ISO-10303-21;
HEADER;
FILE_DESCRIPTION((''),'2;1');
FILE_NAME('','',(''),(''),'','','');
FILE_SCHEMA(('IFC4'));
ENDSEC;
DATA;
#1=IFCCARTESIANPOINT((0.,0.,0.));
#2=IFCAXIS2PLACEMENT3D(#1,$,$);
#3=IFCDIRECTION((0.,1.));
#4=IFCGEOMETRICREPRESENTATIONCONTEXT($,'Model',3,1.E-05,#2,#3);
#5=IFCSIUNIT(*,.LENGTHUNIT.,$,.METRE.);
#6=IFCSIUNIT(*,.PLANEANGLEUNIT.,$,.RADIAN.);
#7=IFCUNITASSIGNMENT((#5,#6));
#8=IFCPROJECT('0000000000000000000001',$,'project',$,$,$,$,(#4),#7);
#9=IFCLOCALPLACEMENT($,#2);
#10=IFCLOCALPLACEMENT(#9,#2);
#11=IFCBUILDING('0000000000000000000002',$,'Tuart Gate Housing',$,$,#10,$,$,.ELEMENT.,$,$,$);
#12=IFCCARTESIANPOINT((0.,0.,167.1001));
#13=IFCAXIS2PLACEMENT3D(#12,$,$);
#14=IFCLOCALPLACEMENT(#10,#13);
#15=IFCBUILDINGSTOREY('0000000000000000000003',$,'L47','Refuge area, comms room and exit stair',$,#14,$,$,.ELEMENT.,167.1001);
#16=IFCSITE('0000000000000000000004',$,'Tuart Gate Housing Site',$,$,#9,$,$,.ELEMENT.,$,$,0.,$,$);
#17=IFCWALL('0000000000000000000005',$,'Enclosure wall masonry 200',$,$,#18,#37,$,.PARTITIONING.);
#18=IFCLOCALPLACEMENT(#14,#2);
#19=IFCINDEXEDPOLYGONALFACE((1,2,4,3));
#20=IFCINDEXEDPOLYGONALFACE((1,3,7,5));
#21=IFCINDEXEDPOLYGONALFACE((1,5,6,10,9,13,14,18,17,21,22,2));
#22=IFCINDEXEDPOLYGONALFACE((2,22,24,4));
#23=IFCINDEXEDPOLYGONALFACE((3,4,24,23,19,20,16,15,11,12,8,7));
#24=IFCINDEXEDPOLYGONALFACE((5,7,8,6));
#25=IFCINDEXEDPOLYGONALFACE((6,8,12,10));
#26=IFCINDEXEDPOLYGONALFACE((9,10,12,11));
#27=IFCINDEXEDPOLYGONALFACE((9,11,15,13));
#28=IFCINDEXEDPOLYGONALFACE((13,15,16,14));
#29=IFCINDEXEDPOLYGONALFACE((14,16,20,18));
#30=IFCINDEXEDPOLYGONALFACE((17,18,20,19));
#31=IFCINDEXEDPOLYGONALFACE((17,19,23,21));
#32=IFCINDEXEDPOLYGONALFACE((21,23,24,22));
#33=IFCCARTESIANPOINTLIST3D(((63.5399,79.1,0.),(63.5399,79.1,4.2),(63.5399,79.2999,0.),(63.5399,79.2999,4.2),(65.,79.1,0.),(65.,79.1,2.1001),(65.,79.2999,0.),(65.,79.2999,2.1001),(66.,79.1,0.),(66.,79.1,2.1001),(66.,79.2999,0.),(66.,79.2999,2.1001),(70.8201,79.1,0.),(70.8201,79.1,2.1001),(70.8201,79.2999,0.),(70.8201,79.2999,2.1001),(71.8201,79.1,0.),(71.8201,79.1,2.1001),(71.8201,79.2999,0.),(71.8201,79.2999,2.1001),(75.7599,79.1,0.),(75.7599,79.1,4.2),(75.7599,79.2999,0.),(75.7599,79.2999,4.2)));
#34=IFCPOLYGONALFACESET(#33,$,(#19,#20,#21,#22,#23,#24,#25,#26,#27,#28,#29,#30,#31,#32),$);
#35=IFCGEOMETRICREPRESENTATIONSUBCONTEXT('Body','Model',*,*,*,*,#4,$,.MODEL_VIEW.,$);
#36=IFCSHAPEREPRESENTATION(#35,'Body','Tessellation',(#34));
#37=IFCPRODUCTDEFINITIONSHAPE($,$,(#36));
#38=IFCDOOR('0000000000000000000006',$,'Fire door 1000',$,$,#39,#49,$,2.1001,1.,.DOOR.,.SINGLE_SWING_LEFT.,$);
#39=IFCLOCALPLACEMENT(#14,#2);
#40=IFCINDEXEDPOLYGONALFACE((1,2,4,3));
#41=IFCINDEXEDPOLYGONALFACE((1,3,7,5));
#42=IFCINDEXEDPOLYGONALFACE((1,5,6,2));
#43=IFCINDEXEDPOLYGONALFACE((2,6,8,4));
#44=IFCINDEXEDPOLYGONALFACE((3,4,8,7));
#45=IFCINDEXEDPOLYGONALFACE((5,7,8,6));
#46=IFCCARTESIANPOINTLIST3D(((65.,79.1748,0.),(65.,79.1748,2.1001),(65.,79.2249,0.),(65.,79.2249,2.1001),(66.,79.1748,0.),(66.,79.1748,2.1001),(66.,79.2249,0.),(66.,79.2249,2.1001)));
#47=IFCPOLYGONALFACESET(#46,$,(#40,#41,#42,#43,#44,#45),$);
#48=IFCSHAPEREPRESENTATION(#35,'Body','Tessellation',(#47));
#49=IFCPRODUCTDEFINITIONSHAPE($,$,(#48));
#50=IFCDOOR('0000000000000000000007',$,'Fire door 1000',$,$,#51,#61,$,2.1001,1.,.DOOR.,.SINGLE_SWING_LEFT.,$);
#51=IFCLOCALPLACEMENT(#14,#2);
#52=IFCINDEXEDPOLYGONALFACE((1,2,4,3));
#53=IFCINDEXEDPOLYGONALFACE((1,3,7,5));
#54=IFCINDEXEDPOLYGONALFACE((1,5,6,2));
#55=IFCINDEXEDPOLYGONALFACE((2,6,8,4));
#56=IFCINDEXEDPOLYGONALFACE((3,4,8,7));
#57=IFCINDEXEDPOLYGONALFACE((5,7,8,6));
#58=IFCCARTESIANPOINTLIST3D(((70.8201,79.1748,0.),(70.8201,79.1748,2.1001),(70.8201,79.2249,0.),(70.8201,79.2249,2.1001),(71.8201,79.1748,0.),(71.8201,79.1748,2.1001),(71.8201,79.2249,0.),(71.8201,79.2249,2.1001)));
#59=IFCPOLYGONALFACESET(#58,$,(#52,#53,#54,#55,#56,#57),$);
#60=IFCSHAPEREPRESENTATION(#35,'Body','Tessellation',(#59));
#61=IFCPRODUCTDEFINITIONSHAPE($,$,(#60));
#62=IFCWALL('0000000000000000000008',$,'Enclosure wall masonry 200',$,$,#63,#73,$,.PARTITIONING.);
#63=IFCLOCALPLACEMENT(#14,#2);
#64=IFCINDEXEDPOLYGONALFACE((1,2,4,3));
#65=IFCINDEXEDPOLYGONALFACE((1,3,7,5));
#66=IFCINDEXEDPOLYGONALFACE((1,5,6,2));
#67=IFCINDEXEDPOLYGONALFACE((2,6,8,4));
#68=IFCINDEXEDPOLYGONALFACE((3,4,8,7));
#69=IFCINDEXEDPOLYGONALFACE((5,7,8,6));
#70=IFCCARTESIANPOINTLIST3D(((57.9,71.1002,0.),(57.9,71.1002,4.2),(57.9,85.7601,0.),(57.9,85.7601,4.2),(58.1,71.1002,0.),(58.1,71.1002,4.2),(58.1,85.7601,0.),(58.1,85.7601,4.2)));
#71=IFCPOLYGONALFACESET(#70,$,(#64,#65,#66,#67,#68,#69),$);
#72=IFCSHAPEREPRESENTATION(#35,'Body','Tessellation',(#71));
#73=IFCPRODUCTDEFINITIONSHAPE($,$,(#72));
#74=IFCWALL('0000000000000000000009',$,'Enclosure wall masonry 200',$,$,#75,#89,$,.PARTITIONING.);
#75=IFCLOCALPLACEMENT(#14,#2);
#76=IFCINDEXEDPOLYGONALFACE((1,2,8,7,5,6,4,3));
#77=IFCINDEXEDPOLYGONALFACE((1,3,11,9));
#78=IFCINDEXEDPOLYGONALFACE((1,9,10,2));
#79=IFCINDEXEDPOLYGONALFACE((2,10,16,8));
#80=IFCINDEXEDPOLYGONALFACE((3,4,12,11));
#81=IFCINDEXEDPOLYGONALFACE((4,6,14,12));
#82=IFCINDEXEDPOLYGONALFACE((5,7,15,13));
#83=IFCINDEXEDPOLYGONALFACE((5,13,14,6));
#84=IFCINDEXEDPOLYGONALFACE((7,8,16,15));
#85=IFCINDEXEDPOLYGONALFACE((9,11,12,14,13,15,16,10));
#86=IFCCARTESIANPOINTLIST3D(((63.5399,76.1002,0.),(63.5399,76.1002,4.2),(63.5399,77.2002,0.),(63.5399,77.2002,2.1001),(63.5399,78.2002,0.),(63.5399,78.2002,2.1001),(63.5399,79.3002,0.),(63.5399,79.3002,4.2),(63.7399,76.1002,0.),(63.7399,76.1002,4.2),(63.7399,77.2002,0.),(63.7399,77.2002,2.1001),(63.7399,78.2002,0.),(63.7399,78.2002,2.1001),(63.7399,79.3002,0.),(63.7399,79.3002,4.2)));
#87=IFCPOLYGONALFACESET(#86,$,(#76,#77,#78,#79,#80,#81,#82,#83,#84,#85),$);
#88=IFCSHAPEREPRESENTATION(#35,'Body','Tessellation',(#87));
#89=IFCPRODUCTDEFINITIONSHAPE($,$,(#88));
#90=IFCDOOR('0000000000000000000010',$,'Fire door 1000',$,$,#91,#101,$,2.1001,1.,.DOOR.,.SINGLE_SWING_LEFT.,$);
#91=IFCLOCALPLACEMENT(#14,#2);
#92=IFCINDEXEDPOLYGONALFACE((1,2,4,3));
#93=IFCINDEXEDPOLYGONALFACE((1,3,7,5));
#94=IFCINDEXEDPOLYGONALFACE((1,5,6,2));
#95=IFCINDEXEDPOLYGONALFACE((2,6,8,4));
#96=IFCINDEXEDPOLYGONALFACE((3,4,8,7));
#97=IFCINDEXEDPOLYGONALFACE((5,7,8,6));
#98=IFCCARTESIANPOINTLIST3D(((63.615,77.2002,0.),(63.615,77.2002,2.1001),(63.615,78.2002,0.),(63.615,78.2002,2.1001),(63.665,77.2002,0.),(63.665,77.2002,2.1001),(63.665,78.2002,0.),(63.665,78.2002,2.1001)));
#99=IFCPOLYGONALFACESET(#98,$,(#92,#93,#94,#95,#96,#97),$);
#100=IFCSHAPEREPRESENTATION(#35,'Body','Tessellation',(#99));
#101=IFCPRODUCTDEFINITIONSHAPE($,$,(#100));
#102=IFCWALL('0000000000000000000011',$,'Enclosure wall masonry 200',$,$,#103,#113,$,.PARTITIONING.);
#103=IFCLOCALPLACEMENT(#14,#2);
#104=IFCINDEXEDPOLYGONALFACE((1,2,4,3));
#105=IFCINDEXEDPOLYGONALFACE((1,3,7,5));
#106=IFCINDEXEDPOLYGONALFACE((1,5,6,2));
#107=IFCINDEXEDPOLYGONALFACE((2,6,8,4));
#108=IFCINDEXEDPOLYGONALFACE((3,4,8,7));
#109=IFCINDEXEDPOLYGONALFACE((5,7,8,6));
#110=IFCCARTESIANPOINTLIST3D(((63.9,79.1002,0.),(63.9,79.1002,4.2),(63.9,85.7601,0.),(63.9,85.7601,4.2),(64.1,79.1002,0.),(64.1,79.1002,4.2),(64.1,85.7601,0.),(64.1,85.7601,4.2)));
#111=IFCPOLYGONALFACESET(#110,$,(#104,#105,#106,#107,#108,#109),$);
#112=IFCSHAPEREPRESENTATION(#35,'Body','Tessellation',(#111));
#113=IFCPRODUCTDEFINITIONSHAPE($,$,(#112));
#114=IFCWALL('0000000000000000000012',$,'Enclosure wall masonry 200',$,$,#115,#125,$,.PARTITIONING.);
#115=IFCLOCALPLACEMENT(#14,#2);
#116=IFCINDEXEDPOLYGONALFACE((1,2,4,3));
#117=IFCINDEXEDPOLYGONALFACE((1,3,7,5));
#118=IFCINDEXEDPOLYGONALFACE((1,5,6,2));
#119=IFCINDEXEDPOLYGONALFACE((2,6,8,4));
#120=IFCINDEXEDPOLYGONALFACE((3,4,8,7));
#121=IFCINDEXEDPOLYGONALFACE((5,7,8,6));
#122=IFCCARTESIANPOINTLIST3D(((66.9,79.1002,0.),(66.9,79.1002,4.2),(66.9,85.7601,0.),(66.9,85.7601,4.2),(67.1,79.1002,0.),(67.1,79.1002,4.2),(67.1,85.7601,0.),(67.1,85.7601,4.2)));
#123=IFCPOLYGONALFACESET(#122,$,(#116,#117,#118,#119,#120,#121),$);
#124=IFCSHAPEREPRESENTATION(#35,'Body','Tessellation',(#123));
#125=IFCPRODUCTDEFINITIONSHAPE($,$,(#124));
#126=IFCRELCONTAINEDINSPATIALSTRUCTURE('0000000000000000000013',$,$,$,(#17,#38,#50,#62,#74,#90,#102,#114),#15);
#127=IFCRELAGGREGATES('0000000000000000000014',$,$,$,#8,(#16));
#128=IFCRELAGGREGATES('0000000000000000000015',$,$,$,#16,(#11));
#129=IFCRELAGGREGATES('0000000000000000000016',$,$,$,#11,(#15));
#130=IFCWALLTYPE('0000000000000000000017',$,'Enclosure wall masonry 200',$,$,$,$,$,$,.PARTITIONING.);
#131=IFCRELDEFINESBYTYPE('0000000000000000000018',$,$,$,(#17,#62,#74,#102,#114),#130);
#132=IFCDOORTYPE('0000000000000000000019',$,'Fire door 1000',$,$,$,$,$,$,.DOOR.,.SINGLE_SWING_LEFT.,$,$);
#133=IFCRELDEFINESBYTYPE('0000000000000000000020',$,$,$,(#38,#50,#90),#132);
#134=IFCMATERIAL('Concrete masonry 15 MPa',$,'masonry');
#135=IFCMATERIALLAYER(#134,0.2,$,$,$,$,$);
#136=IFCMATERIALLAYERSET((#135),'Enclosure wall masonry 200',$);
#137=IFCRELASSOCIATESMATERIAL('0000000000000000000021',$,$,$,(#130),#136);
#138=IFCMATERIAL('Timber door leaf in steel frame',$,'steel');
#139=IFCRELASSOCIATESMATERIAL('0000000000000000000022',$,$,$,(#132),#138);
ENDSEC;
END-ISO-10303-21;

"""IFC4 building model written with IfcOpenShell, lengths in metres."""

from ifc_helpers import new_model, si_unit, direction, frame, frame_2d, origin, place, context, subcontext, project, spatial, rectangle, extrude, material, layer, layer_set, type_object, element, fill, save


model = new_model("IFC4")

# Units and contexts
model_context = context("Model", 3, precision=1e-05, world=origin(), true_north=direction((0.0, 1.0)))
body_context = subcontext(model_context, "Body", "Model", "MODEL_VIEW")
ifc_project = project(units=[si_unit("LENGTHUNIT", "METRE"), si_unit("PLANEANGLEUNIT", "RADIAN")], contexts=[model_context])

# Site, building, storey
site_placement = place(None, origin())
site = spatial("IfcSite", under=ifc_project, at=site_placement, Name="Tuart Gate Housing Site", CompositionType="ELEMENT", RefElevation=0.0)
building_placement = place(site_placement, origin())
building = spatial("IfcBuilding", under=site, at=building_placement, Name="Tuart Gate Housing", CompositionType="ELEMENT")
storey_placement = place(building_placement, frame((0.0, 0.0, 167.1001)))
storey = spatial("IfcBuildingStorey", under=building, at=storey_placement, Name="L47", Description="Refuge area, comms room and exit stair", CompositionType="ELEMENT", Elevation=167.1001)

# Shared definitions
ifc_material_1 = material(Name="Concrete masonry 15 MPa", Category="masonry")
ifc_layer_1 = layer(ifc_material_1, 0.2)
ifc_layer_set_1 = layer_set([ifc_layer_1], Name="Enclosure wall masonry 200")
wall_type_1 = type_object("IfcWallType", Name="Enclosure wall masonry 200", PredefinedType="PARTITIONING", material=ifc_layer_set_1)

# Wall, openings, doors
wall_1_placement = place(storey_placement, frame((63.54, 79.2, 0.0), z_axis=(0.0, 0.0, 1.0), x_axis=(1.0, 0.0, 0.0)))
wall_1 = element("IfcWall", 1, at=wall_1_placement, inside=storey, type_object=wall_type_1, Name="Enclosure wall masonry 200", PredefinedType="PARTITIONING", context=body_context, shape_type="SweptSolid", body=[
    extrude(rectangle(XDim=12.22, YDim=0.2, at=frame_2d((6.1099, 0.0))), origin(), (0.0, 0.0, 1.0), 4.2),
])
opening_1_placement = place(wall_1_placement, frame((1.46, 0.0, 0.0)))
opening_1 = element("IfcOpeningElement", 2, at=opening_1_placement, cuts=wall_1, PredefinedType="OPENING", context=body_context, shape_type="SweptSolid", body=[
    extrude(rectangle(XDim=1.0, YDim=2.1001, at=frame_2d((0.5, 1.05))), frame((0.0, 0.1099, 0.0), z_axis=(0.0, -1.0, 0.0), x_axis=(1.0, 0.0, 0.0)), (0.0, 0.0, 1.0), 0.22),
])
opening_2_placement = place(wall_1_placement, frame((7.28, 0.0, 0.0)))
opening_2 = element("IfcOpeningElement", 3, at=opening_2_placement, cuts=wall_1, PredefinedType="OPENING", context=body_context, shape_type="SweptSolid", body=[
    extrude(rectangle(XDim=1.0, YDim=2.1001, at=frame_2d((0.5, 1.05))), frame((0.0, 0.1099, 0.0), z_axis=(0.0, -1.0, 0.0), x_axis=(1.0, 0.0, 0.0)), (0.0, 0.0, 1.0), 0.22),
])
ifc_material_2 = material(Name="Timber door leaf in steel frame", Category="steel")
door_type_1 = type_object("IfcDoorType", Name="Fire door 1000", OperationType="SINGLE_SWING_LEFT", PredefinedType="DOOR", material=ifc_material_2)
door_1_placement = place(opening_1_placement, origin())
door_1 = element("IfcDoor", 4, at=door_1_placement, inside=storey, type_object=door_type_1, Name="Fire door 1000", OperationType="SINGLE_SWING_LEFT", OverallHeight=2.1001, OverallWidth=1.0, PredefinedType="DOOR", context=body_context, shape_type="SweptSolid", body=[
    extrude(rectangle(XDim=1.0, YDim=2.1001, at=frame_2d((0.5, 1.05))), frame((0.0, 0.0249, 0.0), z_axis=(0.0, -1.0, 0.0), x_axis=(1.0, 0.0, 0.0)), (0.0, 0.0, 1.0), 0.05),
])
fill(opening_1, door_1)
door_2_placement = place(opening_2_placement, origin())
door_2 = element("IfcDoor", 5, at=door_2_placement, inside=storey, type_object=door_type_1, Name="Fire door 1000", OperationType="SINGLE_SWING_LEFT", OverallHeight=2.1001, OverallWidth=1.0, PredefinedType="DOOR", context=body_context, shape_type="SweptSolid", body=[
    extrude(rectangle(XDim=1.0, YDim=2.1001, at=frame_2d((0.5, 1.05))), frame((0.0, 0.0249, 0.0), z_axis=(0.0, -1.0, 0.0), x_axis=(1.0, 0.0, 0.0)), (0.0, 0.0, 1.0), 0.05),
])
fill(opening_2, door_2)

# Wall
wall_2_placement = place(storey_placement, frame((58.0, 71.1001, 0.0), z_axis=(0.0, 0.0, 1.0), x_axis=(0.0, 1.0, 0.0)))
element("IfcWall", 6, at=wall_2_placement, inside=storey, type_object=wall_type_1, Name="Enclosure wall masonry 200", PredefinedType="PARTITIONING", context=body_context, shape_type="SweptSolid", body=[
    extrude(rectangle(XDim=14.6599, YDim=0.2, at=frame_2d((7.3301, 0.0))), origin(), (0.0, 0.0, 1.0), 4.2),
])

# Wall, opening, door
wall_3_placement = place(storey_placement, frame((63.6399, 76.1001, 0.0), z_axis=(0.0, 0.0, 1.0), x_axis=(0.0, 1.0, 0.0)))
wall_3 = element("IfcWall", 7, at=wall_3_placement, inside=storey, type_object=wall_type_1, Name="Enclosure wall masonry 200", PredefinedType="PARTITIONING", context=body_context, shape_type="SweptSolid", body=[
    extrude(rectangle(XDim=3.2, YDim=0.2, at=frame_2d((1.6001, 0.0))), origin(), (0.0, 0.0, 1.0), 4.2),
])
opening_3_placement = place(wall_3_placement, frame((1.1001, 0.0, 0.0)))
opening_3 = element("IfcOpeningElement", 8, at=opening_3_placement, cuts=wall_3, PredefinedType="OPENING", context=body_context, shape_type="SweptSolid", body=[
    extrude(rectangle(XDim=1.0, YDim=2.1001, at=frame_2d((0.5, 1.05))), frame((0.0, 0.1099, 0.0), z_axis=(0.0, -1.0, 0.0), x_axis=(1.0, 0.0, 0.0)), (0.0, 0.0, 1.0), 0.22),
])
door_3_placement = place(opening_3_placement, origin())
door_3 = element("IfcDoor", 9, at=door_3_placement, inside=storey, type_object=door_type_1, Name="Fire door 1000", OperationType="SINGLE_SWING_LEFT", OverallHeight=2.1001, OverallWidth=1.0, PredefinedType="DOOR", context=body_context, shape_type="SweptSolid", body=[
    extrude(rectangle(XDim=1.0, YDim=2.1001, at=frame_2d((0.5, 1.05))), frame((0.0, 0.0249, 0.0), z_axis=(0.0, -1.0, 0.0), x_axis=(1.0, 0.0, 0.0)), (0.0, 0.0, 1.0), 0.05),
])
fill(opening_3, door_3)

# Walls
for number, where, z_axis, x_axis, name in (
    (10, (64.0, 79.1001, 0.0), (0.0, 0.0, 1.0), (0.0, 1.0, 0.0), "Enclosure wall masonry 200"),
    (11, (67.0, 79.1001, 0.0), (0.0, 0.0, 1.0), (0.0, 1.0, 0.0), "Enclosure wall masonry 200"),
):
    element("IfcWall", number, at=place(storey_placement, frame(where, z_axis=z_axis, x_axis=x_axis)), inside=storey, type_object=wall_type_1, Name=name, PredefinedType="PARTITIONING", context=body_context, shape_type="SweptSolid", body=[
        extrude(rectangle(XDim=6.6599, YDim=0.2, at=frame_2d((3.3301, 0.0))), origin(), (0.0, 0.0, 1.0), 4.2),
    ])

save(model, "model.ifc")
